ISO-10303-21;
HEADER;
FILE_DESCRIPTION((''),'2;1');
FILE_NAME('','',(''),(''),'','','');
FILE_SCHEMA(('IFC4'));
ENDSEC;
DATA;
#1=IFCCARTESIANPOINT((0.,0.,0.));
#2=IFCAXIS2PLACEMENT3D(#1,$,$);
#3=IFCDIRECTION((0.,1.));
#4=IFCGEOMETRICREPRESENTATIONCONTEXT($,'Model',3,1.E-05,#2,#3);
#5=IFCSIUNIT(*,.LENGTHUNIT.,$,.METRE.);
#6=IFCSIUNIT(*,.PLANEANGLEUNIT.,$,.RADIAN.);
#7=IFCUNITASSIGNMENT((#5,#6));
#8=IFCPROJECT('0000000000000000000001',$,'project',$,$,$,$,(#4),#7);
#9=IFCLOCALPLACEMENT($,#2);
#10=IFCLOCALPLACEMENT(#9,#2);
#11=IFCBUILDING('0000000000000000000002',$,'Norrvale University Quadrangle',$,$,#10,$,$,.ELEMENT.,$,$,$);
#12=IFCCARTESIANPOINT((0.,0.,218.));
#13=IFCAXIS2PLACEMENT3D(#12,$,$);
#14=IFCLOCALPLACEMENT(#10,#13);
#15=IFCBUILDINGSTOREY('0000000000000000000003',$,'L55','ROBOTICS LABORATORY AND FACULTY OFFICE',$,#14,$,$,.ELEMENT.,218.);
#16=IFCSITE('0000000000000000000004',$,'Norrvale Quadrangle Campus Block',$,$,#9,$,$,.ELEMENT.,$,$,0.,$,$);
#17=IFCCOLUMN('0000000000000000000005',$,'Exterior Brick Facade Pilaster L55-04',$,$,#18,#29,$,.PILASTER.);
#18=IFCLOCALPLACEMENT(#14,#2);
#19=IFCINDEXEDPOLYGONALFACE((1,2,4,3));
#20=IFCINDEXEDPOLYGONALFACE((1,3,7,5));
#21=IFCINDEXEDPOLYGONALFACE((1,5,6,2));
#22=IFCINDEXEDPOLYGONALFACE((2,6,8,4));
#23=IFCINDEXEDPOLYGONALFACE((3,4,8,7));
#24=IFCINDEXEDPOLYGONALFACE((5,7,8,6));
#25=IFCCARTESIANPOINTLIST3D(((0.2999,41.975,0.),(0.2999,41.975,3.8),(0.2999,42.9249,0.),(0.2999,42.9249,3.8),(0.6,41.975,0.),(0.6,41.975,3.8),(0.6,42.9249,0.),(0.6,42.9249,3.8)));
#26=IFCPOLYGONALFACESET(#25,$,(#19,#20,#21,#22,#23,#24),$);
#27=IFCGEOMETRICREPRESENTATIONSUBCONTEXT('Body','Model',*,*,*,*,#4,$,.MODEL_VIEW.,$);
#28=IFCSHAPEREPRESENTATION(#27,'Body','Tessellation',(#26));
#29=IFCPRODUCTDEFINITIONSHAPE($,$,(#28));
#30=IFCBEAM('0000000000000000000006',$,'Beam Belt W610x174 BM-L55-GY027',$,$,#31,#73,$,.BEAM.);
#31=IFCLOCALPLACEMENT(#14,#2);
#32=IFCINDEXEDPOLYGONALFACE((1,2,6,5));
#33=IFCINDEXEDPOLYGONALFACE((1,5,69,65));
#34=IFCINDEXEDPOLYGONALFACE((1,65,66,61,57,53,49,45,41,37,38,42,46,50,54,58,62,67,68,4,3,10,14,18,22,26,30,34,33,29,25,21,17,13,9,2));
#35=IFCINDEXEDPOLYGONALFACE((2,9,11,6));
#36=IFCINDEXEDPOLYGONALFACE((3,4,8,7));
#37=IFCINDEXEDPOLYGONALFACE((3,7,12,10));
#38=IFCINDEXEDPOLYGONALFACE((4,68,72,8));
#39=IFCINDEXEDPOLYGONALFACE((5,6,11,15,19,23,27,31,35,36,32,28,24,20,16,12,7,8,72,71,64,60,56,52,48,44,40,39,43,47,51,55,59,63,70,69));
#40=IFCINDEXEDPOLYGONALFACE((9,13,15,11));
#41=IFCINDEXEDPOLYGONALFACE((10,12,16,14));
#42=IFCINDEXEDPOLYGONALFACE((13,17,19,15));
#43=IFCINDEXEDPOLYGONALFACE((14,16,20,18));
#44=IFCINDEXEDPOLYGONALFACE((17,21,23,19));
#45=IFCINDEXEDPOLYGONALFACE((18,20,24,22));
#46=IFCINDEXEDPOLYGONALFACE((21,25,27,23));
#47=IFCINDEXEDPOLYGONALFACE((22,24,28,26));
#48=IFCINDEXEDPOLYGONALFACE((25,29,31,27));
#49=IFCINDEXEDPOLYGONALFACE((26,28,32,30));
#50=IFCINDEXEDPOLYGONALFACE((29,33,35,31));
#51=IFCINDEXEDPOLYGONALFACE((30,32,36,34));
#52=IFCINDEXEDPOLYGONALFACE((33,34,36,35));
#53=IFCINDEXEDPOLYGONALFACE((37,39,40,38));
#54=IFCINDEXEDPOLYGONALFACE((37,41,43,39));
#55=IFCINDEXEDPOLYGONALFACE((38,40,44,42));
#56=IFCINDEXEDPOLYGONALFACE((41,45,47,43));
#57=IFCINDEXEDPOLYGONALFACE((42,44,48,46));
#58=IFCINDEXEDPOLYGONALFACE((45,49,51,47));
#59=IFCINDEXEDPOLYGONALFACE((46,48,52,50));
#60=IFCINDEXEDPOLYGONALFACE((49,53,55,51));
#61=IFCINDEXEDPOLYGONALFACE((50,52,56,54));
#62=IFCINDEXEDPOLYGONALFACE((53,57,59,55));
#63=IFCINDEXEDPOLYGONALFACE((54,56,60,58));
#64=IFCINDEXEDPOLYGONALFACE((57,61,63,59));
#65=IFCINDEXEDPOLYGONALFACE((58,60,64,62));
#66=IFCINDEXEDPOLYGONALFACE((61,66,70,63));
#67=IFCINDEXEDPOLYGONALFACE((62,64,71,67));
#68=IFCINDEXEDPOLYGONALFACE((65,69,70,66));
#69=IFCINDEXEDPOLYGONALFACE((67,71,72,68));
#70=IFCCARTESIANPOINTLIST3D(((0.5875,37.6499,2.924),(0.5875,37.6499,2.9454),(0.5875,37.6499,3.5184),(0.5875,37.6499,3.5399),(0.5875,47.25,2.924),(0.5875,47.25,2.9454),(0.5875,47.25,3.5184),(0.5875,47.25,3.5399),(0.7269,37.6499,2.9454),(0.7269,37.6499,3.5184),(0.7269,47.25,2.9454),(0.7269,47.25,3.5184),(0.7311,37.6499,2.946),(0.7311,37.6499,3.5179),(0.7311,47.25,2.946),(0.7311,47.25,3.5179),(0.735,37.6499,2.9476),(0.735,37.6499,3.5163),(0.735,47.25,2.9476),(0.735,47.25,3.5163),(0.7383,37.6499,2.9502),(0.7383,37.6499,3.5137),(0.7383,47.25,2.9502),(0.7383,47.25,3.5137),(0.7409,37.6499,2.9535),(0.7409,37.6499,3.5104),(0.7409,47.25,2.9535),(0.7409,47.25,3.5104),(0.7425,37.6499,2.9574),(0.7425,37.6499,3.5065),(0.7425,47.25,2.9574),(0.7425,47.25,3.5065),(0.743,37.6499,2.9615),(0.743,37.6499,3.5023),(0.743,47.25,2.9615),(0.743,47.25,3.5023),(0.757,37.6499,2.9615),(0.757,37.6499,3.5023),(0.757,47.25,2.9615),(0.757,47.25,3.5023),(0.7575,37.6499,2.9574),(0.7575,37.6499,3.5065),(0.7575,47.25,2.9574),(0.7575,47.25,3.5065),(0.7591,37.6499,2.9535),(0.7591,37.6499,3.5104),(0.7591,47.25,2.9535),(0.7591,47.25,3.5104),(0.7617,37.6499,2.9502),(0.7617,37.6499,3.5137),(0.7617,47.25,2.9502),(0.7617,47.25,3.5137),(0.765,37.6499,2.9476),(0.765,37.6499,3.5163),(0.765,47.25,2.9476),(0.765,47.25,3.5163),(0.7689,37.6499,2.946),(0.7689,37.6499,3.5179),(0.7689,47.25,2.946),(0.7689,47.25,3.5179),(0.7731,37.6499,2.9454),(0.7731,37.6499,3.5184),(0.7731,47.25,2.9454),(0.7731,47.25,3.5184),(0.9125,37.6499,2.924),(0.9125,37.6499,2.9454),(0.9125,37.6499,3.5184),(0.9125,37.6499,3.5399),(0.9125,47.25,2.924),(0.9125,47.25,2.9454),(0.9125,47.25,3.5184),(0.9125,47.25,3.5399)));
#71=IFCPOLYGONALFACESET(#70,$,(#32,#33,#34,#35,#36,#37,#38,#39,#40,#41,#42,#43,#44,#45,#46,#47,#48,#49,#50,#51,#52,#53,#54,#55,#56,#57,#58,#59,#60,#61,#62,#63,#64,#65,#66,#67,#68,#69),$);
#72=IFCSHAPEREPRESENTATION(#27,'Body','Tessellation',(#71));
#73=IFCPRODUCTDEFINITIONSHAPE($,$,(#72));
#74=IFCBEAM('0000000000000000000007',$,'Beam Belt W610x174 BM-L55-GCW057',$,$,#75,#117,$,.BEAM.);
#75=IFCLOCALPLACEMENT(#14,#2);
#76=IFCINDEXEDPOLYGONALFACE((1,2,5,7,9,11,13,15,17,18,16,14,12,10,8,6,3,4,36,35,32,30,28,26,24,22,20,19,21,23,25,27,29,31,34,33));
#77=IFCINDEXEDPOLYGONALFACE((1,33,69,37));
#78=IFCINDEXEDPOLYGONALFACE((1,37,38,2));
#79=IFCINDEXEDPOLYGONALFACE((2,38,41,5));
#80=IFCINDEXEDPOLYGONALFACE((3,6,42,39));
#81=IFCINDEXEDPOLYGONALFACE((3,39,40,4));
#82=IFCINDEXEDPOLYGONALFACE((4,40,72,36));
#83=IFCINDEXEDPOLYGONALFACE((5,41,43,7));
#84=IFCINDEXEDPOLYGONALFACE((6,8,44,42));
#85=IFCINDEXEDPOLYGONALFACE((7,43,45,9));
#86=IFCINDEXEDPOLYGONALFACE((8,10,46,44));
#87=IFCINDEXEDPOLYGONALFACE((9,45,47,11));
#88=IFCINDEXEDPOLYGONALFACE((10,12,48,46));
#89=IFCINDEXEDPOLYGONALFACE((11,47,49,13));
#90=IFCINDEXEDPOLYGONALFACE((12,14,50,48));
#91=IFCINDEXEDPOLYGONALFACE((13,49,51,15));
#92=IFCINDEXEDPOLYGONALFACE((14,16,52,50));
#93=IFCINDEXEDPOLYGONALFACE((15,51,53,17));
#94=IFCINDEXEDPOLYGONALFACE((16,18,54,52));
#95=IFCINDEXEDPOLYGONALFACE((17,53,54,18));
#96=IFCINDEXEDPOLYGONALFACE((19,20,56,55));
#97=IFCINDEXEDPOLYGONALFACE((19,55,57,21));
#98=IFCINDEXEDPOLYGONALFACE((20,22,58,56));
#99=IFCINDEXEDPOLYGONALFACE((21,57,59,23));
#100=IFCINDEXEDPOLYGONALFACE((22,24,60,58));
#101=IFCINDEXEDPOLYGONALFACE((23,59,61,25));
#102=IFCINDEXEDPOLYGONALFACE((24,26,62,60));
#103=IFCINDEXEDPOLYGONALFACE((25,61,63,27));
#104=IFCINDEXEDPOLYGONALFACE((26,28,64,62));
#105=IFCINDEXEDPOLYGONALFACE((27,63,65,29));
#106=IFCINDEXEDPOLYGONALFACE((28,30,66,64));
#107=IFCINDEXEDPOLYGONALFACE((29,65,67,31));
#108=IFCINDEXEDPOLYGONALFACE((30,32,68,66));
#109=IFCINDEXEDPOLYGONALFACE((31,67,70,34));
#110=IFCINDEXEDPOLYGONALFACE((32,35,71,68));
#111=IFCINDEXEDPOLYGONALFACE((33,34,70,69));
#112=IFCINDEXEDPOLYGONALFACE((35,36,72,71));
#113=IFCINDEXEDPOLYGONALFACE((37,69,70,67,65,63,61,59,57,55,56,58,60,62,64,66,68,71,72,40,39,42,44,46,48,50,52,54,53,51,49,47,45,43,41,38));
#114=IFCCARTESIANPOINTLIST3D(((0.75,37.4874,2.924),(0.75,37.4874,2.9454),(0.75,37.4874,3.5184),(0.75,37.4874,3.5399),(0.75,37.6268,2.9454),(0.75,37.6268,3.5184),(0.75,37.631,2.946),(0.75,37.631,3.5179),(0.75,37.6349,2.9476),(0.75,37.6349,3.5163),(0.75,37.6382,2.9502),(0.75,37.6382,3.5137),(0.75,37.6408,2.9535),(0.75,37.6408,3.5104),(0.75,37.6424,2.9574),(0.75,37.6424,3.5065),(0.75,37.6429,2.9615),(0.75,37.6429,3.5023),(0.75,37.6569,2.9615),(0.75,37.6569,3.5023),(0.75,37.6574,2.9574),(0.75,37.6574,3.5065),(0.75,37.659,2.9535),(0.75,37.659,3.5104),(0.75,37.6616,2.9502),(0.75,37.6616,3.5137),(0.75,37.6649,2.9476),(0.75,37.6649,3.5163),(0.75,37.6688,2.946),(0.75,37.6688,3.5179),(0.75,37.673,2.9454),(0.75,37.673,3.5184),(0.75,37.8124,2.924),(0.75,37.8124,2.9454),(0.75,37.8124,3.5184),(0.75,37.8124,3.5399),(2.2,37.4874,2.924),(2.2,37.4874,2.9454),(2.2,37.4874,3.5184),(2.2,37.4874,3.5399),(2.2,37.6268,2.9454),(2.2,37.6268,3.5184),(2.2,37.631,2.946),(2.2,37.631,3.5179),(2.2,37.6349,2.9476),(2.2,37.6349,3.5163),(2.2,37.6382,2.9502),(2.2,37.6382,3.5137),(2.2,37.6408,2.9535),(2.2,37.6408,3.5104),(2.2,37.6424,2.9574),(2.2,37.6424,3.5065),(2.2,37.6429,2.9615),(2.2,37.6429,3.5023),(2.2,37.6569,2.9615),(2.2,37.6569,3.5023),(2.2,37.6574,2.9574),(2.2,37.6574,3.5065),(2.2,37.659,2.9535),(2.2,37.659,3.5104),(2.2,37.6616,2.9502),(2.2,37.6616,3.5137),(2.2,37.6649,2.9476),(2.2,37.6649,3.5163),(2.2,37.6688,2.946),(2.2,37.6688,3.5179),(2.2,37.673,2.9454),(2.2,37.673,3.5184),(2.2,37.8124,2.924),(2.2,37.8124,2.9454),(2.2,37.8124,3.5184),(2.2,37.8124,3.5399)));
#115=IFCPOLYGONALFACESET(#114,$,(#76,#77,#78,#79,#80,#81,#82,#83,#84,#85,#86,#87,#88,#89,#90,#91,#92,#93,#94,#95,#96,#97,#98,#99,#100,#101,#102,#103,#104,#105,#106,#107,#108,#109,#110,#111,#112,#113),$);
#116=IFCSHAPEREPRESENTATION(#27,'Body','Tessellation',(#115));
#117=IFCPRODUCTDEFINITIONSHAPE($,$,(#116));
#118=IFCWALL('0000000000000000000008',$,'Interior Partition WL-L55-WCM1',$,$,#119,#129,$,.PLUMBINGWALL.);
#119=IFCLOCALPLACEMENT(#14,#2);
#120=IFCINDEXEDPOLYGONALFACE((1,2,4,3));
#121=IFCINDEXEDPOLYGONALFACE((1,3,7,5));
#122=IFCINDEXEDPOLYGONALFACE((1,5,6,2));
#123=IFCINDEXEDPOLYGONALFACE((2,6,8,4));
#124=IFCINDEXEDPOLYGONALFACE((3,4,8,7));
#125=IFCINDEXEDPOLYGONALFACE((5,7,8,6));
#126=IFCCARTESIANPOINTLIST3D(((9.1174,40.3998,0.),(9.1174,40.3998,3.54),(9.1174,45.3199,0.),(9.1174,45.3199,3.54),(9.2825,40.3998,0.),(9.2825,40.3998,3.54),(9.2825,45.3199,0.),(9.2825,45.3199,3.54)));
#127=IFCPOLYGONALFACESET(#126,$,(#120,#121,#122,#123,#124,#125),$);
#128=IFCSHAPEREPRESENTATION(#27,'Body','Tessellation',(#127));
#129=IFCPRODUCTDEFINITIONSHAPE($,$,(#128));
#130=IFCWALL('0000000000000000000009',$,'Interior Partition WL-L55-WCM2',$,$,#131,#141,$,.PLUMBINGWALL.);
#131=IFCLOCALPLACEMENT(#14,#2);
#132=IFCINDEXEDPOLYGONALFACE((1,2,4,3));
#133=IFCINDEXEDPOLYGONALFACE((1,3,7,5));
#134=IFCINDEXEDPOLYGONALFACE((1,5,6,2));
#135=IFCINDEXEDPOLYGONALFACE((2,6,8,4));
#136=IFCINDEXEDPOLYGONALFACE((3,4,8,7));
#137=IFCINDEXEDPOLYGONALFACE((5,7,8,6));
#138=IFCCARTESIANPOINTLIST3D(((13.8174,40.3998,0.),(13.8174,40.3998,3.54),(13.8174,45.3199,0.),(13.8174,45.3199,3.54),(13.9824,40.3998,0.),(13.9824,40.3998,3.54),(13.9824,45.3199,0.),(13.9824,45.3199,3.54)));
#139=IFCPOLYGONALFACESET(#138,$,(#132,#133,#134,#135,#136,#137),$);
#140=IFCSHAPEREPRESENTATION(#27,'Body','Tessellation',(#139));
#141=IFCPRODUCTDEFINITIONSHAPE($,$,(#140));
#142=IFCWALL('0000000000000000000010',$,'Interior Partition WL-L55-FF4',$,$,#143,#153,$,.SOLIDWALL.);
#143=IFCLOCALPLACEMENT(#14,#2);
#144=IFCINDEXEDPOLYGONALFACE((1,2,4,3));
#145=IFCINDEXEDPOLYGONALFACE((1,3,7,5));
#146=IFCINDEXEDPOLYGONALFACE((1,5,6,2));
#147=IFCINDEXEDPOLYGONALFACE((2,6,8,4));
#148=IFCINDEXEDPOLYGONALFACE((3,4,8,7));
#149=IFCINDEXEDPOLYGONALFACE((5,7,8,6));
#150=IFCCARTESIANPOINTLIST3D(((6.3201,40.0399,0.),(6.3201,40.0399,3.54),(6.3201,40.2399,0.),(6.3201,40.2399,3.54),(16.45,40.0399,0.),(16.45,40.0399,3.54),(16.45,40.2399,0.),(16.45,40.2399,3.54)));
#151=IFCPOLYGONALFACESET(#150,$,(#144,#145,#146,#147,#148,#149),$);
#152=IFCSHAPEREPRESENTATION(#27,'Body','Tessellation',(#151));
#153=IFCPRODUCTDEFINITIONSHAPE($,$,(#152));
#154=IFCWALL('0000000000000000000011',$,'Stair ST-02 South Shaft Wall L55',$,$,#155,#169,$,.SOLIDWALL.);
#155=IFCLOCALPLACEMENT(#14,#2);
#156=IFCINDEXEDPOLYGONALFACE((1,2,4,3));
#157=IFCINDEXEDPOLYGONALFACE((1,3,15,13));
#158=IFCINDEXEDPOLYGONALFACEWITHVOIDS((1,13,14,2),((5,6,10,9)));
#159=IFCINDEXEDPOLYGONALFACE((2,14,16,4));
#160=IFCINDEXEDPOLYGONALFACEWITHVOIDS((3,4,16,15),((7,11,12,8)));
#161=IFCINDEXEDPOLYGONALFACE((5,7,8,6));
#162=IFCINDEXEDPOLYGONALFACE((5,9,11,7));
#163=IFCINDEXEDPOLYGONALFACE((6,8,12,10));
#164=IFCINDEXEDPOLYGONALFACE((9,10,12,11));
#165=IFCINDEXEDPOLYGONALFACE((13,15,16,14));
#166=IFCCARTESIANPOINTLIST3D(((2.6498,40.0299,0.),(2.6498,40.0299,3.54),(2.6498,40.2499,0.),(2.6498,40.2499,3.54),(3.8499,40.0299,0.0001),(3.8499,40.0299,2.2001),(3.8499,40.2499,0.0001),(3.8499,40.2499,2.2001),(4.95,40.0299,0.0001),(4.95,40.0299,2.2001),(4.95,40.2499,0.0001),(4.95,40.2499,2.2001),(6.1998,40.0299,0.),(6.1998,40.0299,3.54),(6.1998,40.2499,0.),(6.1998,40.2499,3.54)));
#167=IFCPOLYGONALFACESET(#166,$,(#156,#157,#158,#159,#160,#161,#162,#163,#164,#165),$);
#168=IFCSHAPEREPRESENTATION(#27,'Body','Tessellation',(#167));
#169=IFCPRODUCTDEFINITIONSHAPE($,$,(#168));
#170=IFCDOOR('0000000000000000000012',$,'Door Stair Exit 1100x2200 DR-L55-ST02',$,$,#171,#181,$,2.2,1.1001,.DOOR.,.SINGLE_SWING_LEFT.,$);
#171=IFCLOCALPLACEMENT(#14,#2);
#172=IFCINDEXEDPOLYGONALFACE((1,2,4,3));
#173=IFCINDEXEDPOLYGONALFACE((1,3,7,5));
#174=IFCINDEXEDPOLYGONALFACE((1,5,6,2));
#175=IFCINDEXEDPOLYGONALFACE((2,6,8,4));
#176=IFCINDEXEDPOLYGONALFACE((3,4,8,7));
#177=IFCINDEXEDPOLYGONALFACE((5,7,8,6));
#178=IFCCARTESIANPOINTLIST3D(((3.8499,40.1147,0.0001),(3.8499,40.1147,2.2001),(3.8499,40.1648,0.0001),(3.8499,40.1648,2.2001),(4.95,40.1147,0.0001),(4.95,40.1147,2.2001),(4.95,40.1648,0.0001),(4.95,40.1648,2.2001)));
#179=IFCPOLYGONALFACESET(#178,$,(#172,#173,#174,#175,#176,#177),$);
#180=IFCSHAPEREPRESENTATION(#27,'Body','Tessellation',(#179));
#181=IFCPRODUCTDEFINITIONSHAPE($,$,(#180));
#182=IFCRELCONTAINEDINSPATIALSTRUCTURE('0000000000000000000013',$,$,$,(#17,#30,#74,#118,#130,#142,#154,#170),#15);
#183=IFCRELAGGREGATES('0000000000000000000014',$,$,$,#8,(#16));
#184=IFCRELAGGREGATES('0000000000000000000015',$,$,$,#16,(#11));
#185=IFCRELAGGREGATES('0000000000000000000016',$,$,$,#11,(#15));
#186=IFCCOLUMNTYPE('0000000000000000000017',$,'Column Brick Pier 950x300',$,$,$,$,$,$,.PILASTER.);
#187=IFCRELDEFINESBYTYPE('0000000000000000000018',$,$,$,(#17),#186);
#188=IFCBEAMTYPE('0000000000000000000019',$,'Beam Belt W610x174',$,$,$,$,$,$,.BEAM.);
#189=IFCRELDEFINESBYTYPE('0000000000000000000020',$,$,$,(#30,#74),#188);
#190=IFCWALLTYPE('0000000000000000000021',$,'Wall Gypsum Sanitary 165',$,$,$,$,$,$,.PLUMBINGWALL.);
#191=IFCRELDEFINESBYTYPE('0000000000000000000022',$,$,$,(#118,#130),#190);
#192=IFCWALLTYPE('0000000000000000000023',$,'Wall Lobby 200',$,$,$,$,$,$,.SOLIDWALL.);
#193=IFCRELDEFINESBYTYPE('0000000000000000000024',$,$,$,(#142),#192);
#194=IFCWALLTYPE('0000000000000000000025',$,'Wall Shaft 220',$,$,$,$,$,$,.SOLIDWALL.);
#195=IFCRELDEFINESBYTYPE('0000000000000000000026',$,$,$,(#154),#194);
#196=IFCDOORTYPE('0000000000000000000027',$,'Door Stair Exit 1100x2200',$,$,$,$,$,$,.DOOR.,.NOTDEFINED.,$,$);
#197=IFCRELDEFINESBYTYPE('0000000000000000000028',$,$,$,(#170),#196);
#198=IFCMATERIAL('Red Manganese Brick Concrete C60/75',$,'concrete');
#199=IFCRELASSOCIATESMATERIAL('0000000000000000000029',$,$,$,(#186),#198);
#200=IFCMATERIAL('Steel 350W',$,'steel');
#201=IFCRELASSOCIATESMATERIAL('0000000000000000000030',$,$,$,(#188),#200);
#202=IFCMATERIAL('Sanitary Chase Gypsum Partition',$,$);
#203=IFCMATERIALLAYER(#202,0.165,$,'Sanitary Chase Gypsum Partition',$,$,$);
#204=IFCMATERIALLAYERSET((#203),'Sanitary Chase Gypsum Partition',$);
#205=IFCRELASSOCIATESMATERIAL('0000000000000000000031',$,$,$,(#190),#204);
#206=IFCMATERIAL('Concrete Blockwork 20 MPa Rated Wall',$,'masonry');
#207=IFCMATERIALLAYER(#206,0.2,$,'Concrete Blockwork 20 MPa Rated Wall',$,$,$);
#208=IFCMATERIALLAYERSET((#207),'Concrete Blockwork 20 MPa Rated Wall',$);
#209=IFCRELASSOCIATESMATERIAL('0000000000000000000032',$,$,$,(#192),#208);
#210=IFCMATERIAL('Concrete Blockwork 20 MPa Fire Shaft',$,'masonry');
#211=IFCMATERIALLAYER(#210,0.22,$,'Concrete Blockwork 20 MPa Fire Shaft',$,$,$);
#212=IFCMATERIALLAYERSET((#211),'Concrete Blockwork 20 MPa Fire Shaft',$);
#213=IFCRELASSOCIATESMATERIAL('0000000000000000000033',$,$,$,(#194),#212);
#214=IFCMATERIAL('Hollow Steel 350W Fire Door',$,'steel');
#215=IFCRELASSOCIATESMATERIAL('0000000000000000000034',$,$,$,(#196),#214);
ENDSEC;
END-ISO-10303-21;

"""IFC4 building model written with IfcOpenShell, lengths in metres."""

from ifc_helpers import new_model, si_unit, direction, frame, frame_2d, origin, origin_2d, place, context, subcontext, project, spatial, rectangle, i_section, extrude, material, layer, layer_set, material_profile, profile_set, type_object, element, fill, save


model = new_model("IFC4")

# Units and contexts
model_context = context("Model", 3, precision=1e-05, world=origin(), true_north=direction((0.0, 1.0)))
body_context = subcontext(model_context, "Body", "Model", "MODEL_VIEW")
ifc_project = project(units=[si_unit("LENGTHUNIT", "METRE"), si_unit("PLANEANGLEUNIT", "RADIAN")], contexts=[model_context])

# Site, building, storey
site_placement = place(None, origin())
site = spatial("IfcSite", under=ifc_project, at=site_placement, Name="Norrvale Quadrangle Campus Block", CompositionType="ELEMENT", RefElevation=0.0)
building_placement = place(site_placement, origin())
building = spatial("IfcBuilding", under=site, at=building_placement, Name="Norrvale University Quadrangle", CompositionType="ELEMENT")
storey_placement = place(building_placement, frame((0.0, 0.0, 218.0)))
storey = spatial("IfcBuildingStorey", under=building, at=storey_placement, Name="L55", Description="ROBOTICS LABORATORY AND FACULTY OFFICE", CompositionType="ELEMENT", Elevation=218.0)

# Column
ifc_material_1 = material(Name="Red Manganese Brick Concrete C60/75", Category="concrete")
ifc_material_profile_1 = material_profile(ifc_material_1, rectangle(XDim=0.95, YDim=0.3, at=origin_2d()), Name="Red Manganese Brick Concrete C60/75")
ifc_profile_set_1 = profile_set([ifc_material_profile_1], Name="Red Manganese Brick Concrete C60/75")
column_type = type_object("IfcColumnType", Name="Column Brick Pier 950x300", PredefinedType="PILASTER", material=ifc_profile_set_1)
column_placement = place(storey_placement, frame((0.45, 42.45, 0.0), z_axis=(0.0, 0.0, 1.0), x_axis=(0.0, 1.0, 0.0)))
element("IfcColumn", 1, at=column_placement, inside=storey, type_object=column_type, Name="Exterior Brick Facade Pilaster L55-04", PredefinedType="PILASTER", context=body_context, shape_type="SweptSolid", body=[
    extrude(rectangle(XDim=0.95, YDim=0.3, at=origin_2d()), origin(), (0.0, 0.0, 1.0), 3.8),
])

# Beams
ifc_material_2 = material(Name="Steel 350W", Category="steel")
ifc_material_profile_2 = material_profile(ifc_material_2, i_section(OverallWidth=0.325, OverallDepth=0.616, WebThickness=0.0139, FlangeThickness=0.0215, FilletRadius=0.0161, at=origin_2d()), Name="Steel 350W")
ifc_profile_set_2 = profile_set([ifc_material_profile_2], Name="Steel 350W")
beam_type = type_object("IfcBeamType", Name="Beam Belt W610x174", PredefinedType="BEAM", material=ifc_profile_set_2)
beam_1_placement = place(storey_placement, frame((0.75, 37.6499, 3.2319), z_axis=(0.0, 1.0, 0.0), x_axis=(-1.0, 0.0, 0.0)))
element("IfcBeam", 2, at=beam_1_placement, inside=storey, type_object=beam_type, Name="Beam Belt W610x174 BM-L55-GY027", PredefinedType="BEAM", context=body_context, shape_type="SweptSolid", body=[
    extrude(i_section(OverallWidth=0.325, OverallDepth=0.616, WebThickness=0.0139, FlangeThickness=0.0215, FilletRadius=0.0161, at=origin_2d()), origin(), (0.0, 0.0, 1.0), 9.6001),
])
beam_2_placement = place(storey_placement, frame((0.75, 37.6499, 3.2319), z_axis=(1.0, 0.0, 0.0), x_axis=(0.0, 1.0, 0.0)))
element("IfcBeam", 3, at=beam_2_placement, inside=storey, type_object=beam_type, Name="Beam Belt W610x174 BM-L55-GCW057", PredefinedType="BEAM", context=body_context, shape_type="SweptSolid", body=[
    extrude(i_section(OverallWidth=0.325, OverallDepth=0.616, WebThickness=0.0139, FlangeThickness=0.0215, FilletRadius=0.0161, at=origin_2d()), origin(), (0.0, 0.0, 1.0), 1.45),
])

# Walls
ifc_material_3 = material(Name="Sanitary Chase Gypsum Partition")
ifc_layer_1 = layer(ifc_material_3, 0.165, Name="Sanitary Chase Gypsum Partition")
ifc_layer_set_1 = layer_set([ifc_layer_1], Name="Sanitary Chase Gypsum Partition")
wall_type_1 = type_object("IfcWallType", Name="Wall Gypsum Sanitary 165", PredefinedType="PLUMBINGWALL", material=ifc_layer_set_1)
for number, where, z_axis, x_axis, name in (
    (4, (9.2, 40.3999, 0.0), (0.0, 0.0, 1.0), (0.0, 1.0, 0.0), "Interior Partition WL-L55-WCM1"),
    (5, (13.8999, 40.3999, 0.0), (0.0, 0.0, 1.0), (0.0, 1.0, 0.0), "Interior Partition WL-L55-WCM2"),
):
    element("IfcWall", number, at=place(storey_placement, frame(where, z_axis=z_axis, x_axis=x_axis)), inside=storey, type_object=wall_type_1, Name=name, PredefinedType="PLUMBINGWALL", context=body_context, shape_type="SweptSolid", body=[
        extrude(rectangle(XDim=4.9202, YDim=0.165, at=frame_2d((2.46, 0.0))), origin(), (0.0, 0.0, 1.0), 3.54),
    ])
ifc_material_4 = material(Name="Concrete Blockwork 20 MPa Rated Wall", Category="masonry")
ifc_layer_2 = layer(ifc_material_4, 0.2, Name="Concrete Blockwork 20 MPa Rated Wall")
ifc_layer_set_2 = layer_set([ifc_layer_2], Name="Concrete Blockwork 20 MPa Rated Wall")
wall_type_2 = type_object("IfcWallType", Name="Wall Lobby 200", PredefinedType="SOLIDWALL", material=ifc_layer_set_2)
wall_1_placement = place(storey_placement, frame((6.3201, 40.1399, 0.0), z_axis=(0.0, 0.0, 1.0), x_axis=(1.0, 0.0, 0.0)))
element("IfcWall", 6, at=wall_1_placement, inside=storey, type_object=wall_type_2, Name="Interior Partition WL-L55-FF4", PredefinedType="SOLIDWALL", context=body_context, shape_type="SweptSolid", body=[
    extrude(rectangle(XDim=10.1299, YDim=0.2, at=frame_2d((5.0649, 0.0))), origin(), (0.0, 0.0, 1.0), 3.54),
])

# Wall, opening, door
ifc_material_5 = material(Name="Concrete Blockwork 20 MPa Fire Shaft", Category="masonry")
ifc_layer_3 = layer(ifc_material_5, 0.22, Name="Concrete Blockwork 20 MPa Fire Shaft")
ifc_layer_set_3 = layer_set([ifc_layer_3], Name="Concrete Blockwork 20 MPa Fire Shaft")
wall_type_3 = type_object("IfcWallType", Name="Wall Shaft 220", PredefinedType="SOLIDWALL", material=ifc_layer_set_3)
wall_2_placement = place(storey_placement, frame((2.6499, 40.1399, 0.0), z_axis=(0.0, 0.0, 1.0), x_axis=(1.0, 0.0, 0.0)))
wall_2 = element("IfcWall", 7, at=wall_2_placement, inside=storey, type_object=wall_type_3, Name="Stair ST-02 South Shaft Wall L55", PredefinedType="SOLIDWALL", context=body_context, shape_type="SweptSolid", body=[
    extrude(rectangle(XDim=3.55, YDim=0.22, at=frame_2d((1.7749, 0.0))), origin(), (0.0, 0.0, 1.0), 3.54),
])
opening_placement = place(wall_2_placement, frame((1.2, 0.0, 0.0)))
opening = element("IfcOpeningElement", 8, at=opening_placement, cuts=wall_2, PredefinedType="OPENING", context=body_context, shape_type="SweptSolid", body=[
    extrude(rectangle(XDim=1.1001, YDim=2.2, at=frame_2d((0.55, 1.1001))), frame((0.0, 0.1221, 0.0), z_axis=(0.0, -1.0, 0.0), x_axis=(1.0, 0.0, 0.0)), (0.0, 0.0, 1.0), 0.2439),
])
ifc_material_6 = material(Name="Hollow Steel 350W Fire Door", Category="steel")
door_type = type_object("IfcDoorType", Name="Door Stair Exit 1100x2200", OperationType="NOTDEFINED", PredefinedType="DOOR", material=ifc_material_6)
door_placement = place(opening_placement, origin())
door = element("IfcDoor", 9, at=door_placement, inside=storey, type_object=door_type, Name="Door Stair Exit 1100x2200 DR-L55-ST02", OperationType="SINGLE_SWING_LEFT", OverallHeight=2.2, OverallWidth=1.1001, PredefinedType="DOOR", context=body_context, shape_type="SweptSolid", body=[
    extrude(rectangle(XDim=1.1001, YDim=2.2, at=frame_2d((0.55, 1.1001))), frame((0.0, 0.0249, 0.0), z_axis=(0.0, -1.0, 0.0), x_axis=(1.0, 0.0, 0.0)), (0.0, 0.0, 1.0), 0.05),
])
fill(opening, door)

save(model, "model.ifc")
